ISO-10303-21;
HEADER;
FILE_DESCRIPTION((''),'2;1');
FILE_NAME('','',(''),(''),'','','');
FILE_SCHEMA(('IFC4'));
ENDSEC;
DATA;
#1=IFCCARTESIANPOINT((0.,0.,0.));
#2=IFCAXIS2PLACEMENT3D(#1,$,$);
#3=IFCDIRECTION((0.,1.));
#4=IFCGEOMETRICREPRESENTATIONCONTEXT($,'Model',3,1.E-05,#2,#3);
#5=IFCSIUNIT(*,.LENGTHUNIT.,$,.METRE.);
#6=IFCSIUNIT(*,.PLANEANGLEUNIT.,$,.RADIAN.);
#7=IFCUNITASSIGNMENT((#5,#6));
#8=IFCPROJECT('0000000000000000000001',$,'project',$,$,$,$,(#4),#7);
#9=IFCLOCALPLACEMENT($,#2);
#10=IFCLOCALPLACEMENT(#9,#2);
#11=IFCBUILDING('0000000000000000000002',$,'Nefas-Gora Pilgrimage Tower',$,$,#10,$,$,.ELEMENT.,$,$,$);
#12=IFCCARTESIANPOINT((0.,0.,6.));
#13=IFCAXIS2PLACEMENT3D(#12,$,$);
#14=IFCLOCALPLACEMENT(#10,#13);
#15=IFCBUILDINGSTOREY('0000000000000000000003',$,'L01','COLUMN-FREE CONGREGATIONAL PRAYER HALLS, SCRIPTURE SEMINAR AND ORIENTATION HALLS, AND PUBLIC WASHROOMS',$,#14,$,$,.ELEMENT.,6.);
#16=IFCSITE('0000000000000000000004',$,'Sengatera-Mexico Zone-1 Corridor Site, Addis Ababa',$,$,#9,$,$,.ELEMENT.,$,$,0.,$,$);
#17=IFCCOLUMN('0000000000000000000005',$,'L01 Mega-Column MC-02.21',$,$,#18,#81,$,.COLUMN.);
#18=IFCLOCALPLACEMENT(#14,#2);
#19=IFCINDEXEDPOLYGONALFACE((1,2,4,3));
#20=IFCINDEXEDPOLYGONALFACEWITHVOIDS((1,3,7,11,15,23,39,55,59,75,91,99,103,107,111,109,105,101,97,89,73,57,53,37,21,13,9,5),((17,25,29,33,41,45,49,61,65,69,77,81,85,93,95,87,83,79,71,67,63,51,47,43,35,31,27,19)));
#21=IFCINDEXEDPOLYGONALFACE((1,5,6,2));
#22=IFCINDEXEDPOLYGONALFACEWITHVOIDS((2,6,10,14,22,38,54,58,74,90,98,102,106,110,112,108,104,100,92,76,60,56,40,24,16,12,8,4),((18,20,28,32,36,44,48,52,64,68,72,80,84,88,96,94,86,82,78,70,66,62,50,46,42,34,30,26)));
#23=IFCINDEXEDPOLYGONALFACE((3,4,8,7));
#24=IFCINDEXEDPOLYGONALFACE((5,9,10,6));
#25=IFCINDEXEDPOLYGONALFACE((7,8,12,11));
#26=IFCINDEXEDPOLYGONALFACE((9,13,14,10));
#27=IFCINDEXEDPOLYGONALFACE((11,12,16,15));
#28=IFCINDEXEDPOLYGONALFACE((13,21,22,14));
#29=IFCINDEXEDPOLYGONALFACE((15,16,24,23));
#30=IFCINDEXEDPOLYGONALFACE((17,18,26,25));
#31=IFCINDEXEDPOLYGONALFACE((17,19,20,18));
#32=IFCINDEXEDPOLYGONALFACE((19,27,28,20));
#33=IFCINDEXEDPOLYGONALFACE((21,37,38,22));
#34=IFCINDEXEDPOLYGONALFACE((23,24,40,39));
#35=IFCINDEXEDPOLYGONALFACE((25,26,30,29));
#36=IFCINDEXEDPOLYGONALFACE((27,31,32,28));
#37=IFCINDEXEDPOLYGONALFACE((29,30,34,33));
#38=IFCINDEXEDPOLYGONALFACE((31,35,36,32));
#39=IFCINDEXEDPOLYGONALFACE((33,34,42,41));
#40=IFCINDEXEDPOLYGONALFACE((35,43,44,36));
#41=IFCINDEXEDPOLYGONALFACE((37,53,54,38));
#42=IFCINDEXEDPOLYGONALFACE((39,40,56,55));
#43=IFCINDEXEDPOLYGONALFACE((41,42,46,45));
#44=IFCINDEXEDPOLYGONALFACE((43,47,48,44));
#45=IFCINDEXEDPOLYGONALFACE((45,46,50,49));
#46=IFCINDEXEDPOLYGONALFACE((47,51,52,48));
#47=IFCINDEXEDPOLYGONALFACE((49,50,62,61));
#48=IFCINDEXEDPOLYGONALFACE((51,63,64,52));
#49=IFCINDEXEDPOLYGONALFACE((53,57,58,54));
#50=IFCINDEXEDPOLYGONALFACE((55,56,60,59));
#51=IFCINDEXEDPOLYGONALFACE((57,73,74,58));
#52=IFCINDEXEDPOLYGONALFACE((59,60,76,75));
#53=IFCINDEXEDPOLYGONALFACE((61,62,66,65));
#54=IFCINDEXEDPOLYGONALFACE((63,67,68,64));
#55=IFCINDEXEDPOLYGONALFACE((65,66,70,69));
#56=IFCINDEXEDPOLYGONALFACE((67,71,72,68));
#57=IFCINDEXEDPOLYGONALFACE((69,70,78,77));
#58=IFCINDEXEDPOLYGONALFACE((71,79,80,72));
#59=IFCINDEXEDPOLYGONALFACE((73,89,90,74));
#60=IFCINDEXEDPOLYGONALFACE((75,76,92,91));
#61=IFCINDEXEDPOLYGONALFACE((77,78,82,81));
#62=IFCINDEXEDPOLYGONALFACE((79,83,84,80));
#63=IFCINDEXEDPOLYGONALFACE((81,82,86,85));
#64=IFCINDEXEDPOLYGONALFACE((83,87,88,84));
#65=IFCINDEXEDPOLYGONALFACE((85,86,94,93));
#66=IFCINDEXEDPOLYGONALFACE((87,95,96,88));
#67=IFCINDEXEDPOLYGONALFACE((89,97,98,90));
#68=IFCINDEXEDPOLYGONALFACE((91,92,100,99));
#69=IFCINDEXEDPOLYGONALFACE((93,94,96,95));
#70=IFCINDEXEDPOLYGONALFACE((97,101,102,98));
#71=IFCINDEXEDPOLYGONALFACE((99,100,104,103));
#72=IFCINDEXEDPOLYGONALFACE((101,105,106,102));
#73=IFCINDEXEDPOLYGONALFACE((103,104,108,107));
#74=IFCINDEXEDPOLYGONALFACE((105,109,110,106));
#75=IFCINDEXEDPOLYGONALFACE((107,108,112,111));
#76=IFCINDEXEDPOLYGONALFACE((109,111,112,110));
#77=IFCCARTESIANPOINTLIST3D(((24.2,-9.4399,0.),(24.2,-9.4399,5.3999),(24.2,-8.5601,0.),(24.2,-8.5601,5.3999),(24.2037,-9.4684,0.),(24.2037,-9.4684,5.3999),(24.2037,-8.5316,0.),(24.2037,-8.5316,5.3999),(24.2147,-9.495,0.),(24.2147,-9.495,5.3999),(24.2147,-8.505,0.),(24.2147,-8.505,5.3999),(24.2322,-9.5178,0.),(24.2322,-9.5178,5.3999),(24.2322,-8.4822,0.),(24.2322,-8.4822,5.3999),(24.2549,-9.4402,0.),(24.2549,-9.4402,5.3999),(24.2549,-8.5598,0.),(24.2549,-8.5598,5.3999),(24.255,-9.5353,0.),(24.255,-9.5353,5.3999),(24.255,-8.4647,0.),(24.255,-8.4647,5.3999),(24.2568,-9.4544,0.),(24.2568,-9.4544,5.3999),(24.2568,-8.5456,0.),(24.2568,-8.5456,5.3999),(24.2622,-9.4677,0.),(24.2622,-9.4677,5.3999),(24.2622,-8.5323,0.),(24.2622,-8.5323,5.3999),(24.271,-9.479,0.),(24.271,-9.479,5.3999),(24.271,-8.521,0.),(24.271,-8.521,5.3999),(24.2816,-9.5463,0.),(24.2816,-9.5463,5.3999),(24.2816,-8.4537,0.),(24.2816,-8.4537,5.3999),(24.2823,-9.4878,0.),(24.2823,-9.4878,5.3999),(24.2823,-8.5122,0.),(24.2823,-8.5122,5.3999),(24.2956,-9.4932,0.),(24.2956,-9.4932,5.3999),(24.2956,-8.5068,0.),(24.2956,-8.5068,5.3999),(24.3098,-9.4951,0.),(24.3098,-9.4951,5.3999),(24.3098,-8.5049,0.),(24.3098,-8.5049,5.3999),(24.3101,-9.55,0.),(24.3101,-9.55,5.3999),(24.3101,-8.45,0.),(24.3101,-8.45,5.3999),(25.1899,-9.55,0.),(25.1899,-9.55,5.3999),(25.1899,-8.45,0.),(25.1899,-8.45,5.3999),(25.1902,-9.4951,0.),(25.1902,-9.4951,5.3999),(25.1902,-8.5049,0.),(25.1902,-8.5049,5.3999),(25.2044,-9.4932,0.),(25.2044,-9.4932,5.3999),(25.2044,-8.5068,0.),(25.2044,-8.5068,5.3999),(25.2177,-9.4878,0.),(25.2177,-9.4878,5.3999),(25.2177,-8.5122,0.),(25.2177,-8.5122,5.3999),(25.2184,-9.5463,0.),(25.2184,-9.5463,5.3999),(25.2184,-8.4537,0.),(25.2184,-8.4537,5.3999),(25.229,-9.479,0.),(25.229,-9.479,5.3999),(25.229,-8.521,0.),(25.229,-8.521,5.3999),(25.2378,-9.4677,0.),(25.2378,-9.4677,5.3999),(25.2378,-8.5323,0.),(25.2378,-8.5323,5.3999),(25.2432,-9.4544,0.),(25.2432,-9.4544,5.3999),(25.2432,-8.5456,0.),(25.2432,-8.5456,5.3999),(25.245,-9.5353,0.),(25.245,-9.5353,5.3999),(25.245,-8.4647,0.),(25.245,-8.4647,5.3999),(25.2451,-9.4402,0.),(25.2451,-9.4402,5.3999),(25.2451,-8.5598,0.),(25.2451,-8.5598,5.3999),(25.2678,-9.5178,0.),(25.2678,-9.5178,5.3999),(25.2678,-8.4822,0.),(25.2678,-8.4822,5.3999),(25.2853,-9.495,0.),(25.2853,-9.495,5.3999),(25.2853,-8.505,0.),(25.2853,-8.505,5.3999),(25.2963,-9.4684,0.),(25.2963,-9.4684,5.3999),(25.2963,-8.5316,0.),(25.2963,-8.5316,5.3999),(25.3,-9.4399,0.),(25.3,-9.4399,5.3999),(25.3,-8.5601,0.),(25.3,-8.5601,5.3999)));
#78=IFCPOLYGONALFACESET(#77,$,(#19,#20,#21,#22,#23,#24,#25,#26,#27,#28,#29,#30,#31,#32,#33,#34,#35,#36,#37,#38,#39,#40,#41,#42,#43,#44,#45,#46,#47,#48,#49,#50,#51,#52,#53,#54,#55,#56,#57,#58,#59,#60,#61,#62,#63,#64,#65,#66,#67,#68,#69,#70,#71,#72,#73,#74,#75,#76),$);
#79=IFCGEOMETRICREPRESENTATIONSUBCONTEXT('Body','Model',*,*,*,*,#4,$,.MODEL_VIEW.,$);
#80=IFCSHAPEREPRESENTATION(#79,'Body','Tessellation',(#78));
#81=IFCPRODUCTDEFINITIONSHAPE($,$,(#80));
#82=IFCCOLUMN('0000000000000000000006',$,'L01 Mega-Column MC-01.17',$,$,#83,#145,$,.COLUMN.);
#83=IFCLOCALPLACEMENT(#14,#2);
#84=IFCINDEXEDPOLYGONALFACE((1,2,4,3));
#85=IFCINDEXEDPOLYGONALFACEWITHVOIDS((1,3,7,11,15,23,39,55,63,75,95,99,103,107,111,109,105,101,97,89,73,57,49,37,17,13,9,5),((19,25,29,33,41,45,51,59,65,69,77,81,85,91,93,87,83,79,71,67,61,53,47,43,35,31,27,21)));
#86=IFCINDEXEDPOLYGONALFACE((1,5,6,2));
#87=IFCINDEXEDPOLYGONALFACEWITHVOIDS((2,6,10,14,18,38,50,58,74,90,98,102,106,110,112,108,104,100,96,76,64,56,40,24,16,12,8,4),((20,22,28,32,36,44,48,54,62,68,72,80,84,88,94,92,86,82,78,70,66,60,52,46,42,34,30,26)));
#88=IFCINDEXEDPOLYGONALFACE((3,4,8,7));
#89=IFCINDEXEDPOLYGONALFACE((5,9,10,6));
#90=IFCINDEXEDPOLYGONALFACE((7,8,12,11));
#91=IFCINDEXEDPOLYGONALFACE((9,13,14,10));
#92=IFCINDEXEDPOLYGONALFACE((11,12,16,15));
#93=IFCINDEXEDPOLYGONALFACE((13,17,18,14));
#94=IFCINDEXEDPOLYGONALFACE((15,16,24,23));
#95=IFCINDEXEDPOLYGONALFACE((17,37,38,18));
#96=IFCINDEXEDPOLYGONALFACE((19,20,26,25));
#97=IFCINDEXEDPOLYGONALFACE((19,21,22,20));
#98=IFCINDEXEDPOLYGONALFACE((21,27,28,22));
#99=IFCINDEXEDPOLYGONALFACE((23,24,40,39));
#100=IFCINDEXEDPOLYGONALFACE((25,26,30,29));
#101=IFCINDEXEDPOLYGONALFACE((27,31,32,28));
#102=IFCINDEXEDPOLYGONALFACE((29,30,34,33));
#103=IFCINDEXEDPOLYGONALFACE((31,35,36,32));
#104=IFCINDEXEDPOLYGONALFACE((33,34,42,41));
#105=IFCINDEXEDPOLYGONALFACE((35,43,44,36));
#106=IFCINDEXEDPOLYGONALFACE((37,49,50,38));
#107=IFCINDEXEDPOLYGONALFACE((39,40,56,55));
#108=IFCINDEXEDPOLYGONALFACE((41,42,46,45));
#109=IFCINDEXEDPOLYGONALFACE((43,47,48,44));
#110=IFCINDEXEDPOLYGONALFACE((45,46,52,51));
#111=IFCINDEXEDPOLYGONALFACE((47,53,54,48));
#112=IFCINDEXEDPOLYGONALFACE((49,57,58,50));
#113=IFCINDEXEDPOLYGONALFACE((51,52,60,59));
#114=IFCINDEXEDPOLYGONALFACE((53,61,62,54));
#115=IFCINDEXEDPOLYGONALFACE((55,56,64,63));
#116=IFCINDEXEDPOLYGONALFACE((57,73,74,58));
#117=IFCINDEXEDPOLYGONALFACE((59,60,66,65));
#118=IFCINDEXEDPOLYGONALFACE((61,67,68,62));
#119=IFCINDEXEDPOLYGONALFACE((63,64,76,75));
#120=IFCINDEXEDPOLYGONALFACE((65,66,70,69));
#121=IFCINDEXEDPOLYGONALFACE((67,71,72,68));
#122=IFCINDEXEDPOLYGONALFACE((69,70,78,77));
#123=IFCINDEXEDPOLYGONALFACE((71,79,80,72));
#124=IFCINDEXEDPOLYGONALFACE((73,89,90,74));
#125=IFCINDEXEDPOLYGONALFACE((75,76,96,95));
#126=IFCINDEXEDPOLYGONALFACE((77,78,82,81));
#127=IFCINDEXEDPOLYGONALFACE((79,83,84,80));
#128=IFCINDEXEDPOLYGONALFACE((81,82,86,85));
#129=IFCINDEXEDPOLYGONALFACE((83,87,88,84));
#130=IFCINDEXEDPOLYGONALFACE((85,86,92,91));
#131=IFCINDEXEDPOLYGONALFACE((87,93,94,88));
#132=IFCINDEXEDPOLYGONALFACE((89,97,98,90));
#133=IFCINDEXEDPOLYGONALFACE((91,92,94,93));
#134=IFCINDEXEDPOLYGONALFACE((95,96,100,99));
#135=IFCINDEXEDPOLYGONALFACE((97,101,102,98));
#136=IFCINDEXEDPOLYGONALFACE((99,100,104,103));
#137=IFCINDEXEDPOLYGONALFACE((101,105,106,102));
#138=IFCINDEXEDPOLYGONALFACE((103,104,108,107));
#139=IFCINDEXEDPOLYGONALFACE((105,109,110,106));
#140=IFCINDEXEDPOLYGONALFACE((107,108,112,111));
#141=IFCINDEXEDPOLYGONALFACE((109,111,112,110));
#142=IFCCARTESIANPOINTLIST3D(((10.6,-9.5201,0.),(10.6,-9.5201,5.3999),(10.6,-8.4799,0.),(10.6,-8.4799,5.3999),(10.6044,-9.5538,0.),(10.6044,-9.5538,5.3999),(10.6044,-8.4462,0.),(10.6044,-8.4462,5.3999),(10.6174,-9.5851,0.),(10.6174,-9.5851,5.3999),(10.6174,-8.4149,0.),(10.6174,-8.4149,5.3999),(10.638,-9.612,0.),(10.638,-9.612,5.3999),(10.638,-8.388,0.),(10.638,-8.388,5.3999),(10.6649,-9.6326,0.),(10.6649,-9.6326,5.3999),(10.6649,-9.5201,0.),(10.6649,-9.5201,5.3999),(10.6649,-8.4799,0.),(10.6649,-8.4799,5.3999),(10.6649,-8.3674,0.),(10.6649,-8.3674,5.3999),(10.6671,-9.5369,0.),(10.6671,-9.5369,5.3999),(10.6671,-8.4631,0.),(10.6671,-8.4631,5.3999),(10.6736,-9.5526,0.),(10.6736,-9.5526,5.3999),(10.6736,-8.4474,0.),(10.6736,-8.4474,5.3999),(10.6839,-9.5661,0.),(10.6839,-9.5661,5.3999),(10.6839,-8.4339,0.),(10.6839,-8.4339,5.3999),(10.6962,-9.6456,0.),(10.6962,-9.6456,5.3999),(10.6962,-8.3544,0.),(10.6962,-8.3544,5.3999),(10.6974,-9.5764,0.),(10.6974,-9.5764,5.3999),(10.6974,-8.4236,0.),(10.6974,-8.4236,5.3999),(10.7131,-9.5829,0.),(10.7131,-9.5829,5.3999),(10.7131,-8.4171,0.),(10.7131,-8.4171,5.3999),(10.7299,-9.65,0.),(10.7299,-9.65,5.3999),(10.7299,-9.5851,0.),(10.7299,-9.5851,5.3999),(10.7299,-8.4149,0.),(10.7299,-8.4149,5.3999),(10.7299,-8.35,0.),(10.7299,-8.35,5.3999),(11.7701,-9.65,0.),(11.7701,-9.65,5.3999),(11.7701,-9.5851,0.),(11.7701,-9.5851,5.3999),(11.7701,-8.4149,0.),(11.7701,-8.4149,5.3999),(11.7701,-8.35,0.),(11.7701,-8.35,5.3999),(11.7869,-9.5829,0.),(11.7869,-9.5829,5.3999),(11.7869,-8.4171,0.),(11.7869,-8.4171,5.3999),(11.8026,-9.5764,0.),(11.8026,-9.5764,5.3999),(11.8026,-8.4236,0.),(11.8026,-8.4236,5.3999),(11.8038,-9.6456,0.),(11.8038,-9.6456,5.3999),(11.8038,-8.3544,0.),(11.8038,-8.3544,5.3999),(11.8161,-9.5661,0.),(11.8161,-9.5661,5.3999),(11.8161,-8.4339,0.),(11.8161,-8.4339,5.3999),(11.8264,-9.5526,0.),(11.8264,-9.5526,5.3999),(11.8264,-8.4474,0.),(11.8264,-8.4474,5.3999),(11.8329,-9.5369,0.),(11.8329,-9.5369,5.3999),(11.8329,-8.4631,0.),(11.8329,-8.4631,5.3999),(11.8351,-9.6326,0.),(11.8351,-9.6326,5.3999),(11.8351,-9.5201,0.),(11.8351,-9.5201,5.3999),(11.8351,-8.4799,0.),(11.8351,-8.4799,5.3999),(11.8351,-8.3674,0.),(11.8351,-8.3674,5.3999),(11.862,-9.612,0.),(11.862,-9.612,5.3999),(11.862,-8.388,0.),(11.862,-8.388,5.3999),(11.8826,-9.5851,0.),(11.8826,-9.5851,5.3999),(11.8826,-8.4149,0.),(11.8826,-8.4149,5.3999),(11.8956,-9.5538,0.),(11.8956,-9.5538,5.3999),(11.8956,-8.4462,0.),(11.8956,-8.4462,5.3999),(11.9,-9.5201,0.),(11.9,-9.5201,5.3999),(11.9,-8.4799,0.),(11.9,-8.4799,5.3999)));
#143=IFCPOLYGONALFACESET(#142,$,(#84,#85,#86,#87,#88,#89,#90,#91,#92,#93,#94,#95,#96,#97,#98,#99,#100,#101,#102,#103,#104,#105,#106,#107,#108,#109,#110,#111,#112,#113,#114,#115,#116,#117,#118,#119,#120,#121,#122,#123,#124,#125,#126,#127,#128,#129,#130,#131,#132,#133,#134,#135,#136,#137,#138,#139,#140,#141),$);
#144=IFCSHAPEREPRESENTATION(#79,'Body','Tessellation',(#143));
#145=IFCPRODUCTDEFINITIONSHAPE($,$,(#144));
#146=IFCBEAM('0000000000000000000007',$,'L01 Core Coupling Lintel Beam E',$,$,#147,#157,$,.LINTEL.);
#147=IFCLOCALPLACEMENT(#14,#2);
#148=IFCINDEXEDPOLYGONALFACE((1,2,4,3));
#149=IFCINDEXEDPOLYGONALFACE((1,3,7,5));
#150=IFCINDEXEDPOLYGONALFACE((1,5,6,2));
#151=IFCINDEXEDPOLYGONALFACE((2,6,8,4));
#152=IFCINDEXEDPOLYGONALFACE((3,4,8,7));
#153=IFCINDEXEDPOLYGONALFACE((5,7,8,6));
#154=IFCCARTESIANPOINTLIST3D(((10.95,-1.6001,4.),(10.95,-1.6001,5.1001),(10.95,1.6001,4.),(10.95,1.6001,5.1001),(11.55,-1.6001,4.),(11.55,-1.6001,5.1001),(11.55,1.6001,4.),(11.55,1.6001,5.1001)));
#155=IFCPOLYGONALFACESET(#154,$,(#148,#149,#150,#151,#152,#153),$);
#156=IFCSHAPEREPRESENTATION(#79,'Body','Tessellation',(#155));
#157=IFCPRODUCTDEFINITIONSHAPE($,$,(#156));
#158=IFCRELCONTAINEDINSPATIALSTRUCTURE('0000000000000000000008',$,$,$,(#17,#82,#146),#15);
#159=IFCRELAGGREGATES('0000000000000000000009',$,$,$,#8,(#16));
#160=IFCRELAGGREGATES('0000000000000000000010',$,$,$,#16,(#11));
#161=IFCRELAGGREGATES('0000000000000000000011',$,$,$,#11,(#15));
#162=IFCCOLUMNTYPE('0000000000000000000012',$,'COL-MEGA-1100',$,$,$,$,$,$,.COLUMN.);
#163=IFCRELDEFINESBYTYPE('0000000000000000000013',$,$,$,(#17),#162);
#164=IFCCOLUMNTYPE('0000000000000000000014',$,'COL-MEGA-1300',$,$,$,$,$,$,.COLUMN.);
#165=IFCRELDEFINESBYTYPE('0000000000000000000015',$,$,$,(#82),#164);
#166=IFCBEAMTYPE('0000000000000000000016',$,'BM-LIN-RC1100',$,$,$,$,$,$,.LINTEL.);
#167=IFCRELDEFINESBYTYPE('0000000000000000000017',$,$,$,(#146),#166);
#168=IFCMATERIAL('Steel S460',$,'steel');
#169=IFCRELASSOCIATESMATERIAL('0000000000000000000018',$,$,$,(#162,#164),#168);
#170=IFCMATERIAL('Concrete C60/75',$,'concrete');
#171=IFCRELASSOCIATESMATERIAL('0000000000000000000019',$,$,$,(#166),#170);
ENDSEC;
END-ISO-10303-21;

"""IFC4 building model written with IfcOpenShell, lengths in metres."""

from ifc_helpers import new_model, si_unit, direction, frame, origin, origin_2d, place, context, subcontext, project, spatial, rectangle, hollow_rectangle, extrude, source, transform, mapped, material, material_profile, profile_set, type_object, element, save


model = new_model("IFC4")

# Units and contexts
model_context = context("Model", 3, precision=1e-05, world=origin(), true_north=direction((0.0, 1.0)))
body_context = subcontext(model_context, "Body", "Model", "MODEL_VIEW")
ifc_project = project(units=[si_unit("LENGTHUNIT", "METRE"), si_unit("PLANEANGLEUNIT", "RADIAN")], contexts=[model_context])

# Site, building, storey
site_placement = place(None, origin())
site = spatial("IfcSite", under=ifc_project, at=site_placement, Name="Sengatera-Mexico Zone-1 Corridor Site, Addis Ababa", CompositionType="ELEMENT", RefElevation=0.0)
building_placement = place(site_placement, origin())
building = spatial("IfcBuilding", under=site, at=building_placement, Name="Nefas-Gora Pilgrimage Tower", CompositionType="ELEMENT")
storey_placement = place(building_placement, frame((0.0, 0.0, 6.0)))
storey = spatial("IfcBuildingStorey", under=building, at=storey_placement, Name="L01", Description="COLUMN-FREE CONGREGATIONAL PRAYER HALLS, SCRIPTURE SEMINAR AND ORIENTATION HALLS, AND PUBLIC WASHROOMS", CompositionType="ELEMENT", Elevation=6.0)

# Columns
ifc_material_1 = material(Name="Steel S460", Category="steel")
ifc_material_profile_1 = material_profile(ifc_material_1, hollow_rectangle(XDim=1.1001, YDim=1.1001, WallThickness=0.0549, InnerFilletRadius=0.0549, OuterFilletRadius=0.1101, at=origin_2d()), Name="BOX 1100x1100x55")
ifc_profile_set_1 = profile_set([ifc_material_profile_1], Name="Steel S460")
column_type_1 = type_object("IfcColumnType", Name="COL-MEGA-1100", PredefinedType="COLUMN", material=ifc_profile_set_1)
shared_shape_1 = source(origin(), body_context, "Body", "SweptSolid", [
    extrude(hollow_rectangle(XDim=1.1001, YDim=1.1001, WallThickness=0.0549, InnerFilletRadius=0.0549, OuterFilletRadius=0.1101, at=origin_2d()), origin(), (0.0, 0.0, 1.0), 5.3999),
])
column_1_placement = place(storey_placement, frame((24.75, -9.0, 0.0), z_axis=(0.0, 0.0, 1.0), x_axis=(1.0, 0.0, 0.0)))
element("IfcColumn", 1, at=column_1_placement, inside=storey, type_object=column_type_1, Name="L01 Mega-Column MC-02.21", PredefinedType="COLUMN", context=body_context, shape_type="MappedRepresentation", body=[
    mapped(shared_shape_1, transform((0.0, 0.0, 0.0), x_axis=(1.0, 0.0, 0.0), y_axis=(0.0, 1.0, 0.0), z_axis=(0.0, 0.0, 1.0), scale=1.0)),
])
ifc_material_profile_2 = material_profile(ifc_material_1, hollow_rectangle(XDim=1.3, YDim=1.3, WallThickness=0.0649, InnerFilletRadius=0.0649, OuterFilletRadius=0.1299, at=origin_2d()), Name="BOX 1300x1300x65")
ifc_profile_set_2 = profile_set([ifc_material_profile_2], Name="Steel S460")
column_type_2 = type_object("IfcColumnType", Name="COL-MEGA-1300", PredefinedType="COLUMN", material=ifc_profile_set_2)
shared_shape_2 = source(origin(), body_context, "Body", "SweptSolid", [
    extrude(hollow_rectangle(XDim=1.3, YDim=1.3, WallThickness=0.0649, InnerFilletRadius=0.0649, OuterFilletRadius=0.1299, at=origin_2d()), origin(), (0.0, 0.0, 1.0), 5.3999),
])
column_2_placement = place(storey_placement, frame((11.25, -9.0, 0.0), z_axis=(0.0, 0.0, 1.0), x_axis=(1.0, 0.0, 0.0)))
element("IfcColumn", 2, at=column_2_placement, inside=storey, type_object=column_type_2, Name="L01 Mega-Column MC-01.17", PredefinedType="COLUMN", context=body_context, shape_type="MappedRepresentation", body=[
    mapped(shared_shape_2, transform((0.0, 0.0, 0.0), x_axis=(1.0, 0.0, 0.0), y_axis=(0.0, 1.0, 0.0), z_axis=(0.0, 0.0, 1.0), scale=1.0)),
])

# Beam
ifc_material_2 = material(Name="Concrete C60/75", Category="concrete")
ifc_material_profile_3 = material_profile(ifc_material_2, rectangle(XDim=0.6001, YDim=1.1001, at=origin_2d()), Name="RC 600x1100")
ifc_profile_set_3 = profile_set([ifc_material_profile_3], Name="Concrete C60/75")
beam_type_1 = type_object("IfcBeamType", Name="BM-LIN-RC1100", PredefinedType="LINTEL", material=ifc_profile_set_3)
shared_shape_3 = source(origin(), body_context, "Body", "SweptSolid", [
    extrude(rectangle(XDim=0.6001, YDim=1.1001, at=origin_2d()), origin(), (0.0, 0.0, 1.0), 3.2002),
])
beam_1_placement = place(storey_placement, frame((11.25, -1.6001, 4.55), z_axis=(0.0, 1.0, 0.0), x_axis=(-1.0, 0.0, 0.0)))
element("IfcBeam", 3, at=beam_1_placement, inside=storey, type_object=beam_type_1, Name="L01 Core Coupling Lintel Beam E", PredefinedType="LINTEL", context=body_context, shape_type="MappedRepresentation", body=[
    mapped(shared_shape_3, transform((0.0, 0.0, 0.0), x_axis=(1.0, 0.0, 0.0), y_axis=(0.0, 1.0, 0.0), z_axis=(0.0, 0.0, 1.0), scale=1.0)),
])

save(model, "model.ifc")
